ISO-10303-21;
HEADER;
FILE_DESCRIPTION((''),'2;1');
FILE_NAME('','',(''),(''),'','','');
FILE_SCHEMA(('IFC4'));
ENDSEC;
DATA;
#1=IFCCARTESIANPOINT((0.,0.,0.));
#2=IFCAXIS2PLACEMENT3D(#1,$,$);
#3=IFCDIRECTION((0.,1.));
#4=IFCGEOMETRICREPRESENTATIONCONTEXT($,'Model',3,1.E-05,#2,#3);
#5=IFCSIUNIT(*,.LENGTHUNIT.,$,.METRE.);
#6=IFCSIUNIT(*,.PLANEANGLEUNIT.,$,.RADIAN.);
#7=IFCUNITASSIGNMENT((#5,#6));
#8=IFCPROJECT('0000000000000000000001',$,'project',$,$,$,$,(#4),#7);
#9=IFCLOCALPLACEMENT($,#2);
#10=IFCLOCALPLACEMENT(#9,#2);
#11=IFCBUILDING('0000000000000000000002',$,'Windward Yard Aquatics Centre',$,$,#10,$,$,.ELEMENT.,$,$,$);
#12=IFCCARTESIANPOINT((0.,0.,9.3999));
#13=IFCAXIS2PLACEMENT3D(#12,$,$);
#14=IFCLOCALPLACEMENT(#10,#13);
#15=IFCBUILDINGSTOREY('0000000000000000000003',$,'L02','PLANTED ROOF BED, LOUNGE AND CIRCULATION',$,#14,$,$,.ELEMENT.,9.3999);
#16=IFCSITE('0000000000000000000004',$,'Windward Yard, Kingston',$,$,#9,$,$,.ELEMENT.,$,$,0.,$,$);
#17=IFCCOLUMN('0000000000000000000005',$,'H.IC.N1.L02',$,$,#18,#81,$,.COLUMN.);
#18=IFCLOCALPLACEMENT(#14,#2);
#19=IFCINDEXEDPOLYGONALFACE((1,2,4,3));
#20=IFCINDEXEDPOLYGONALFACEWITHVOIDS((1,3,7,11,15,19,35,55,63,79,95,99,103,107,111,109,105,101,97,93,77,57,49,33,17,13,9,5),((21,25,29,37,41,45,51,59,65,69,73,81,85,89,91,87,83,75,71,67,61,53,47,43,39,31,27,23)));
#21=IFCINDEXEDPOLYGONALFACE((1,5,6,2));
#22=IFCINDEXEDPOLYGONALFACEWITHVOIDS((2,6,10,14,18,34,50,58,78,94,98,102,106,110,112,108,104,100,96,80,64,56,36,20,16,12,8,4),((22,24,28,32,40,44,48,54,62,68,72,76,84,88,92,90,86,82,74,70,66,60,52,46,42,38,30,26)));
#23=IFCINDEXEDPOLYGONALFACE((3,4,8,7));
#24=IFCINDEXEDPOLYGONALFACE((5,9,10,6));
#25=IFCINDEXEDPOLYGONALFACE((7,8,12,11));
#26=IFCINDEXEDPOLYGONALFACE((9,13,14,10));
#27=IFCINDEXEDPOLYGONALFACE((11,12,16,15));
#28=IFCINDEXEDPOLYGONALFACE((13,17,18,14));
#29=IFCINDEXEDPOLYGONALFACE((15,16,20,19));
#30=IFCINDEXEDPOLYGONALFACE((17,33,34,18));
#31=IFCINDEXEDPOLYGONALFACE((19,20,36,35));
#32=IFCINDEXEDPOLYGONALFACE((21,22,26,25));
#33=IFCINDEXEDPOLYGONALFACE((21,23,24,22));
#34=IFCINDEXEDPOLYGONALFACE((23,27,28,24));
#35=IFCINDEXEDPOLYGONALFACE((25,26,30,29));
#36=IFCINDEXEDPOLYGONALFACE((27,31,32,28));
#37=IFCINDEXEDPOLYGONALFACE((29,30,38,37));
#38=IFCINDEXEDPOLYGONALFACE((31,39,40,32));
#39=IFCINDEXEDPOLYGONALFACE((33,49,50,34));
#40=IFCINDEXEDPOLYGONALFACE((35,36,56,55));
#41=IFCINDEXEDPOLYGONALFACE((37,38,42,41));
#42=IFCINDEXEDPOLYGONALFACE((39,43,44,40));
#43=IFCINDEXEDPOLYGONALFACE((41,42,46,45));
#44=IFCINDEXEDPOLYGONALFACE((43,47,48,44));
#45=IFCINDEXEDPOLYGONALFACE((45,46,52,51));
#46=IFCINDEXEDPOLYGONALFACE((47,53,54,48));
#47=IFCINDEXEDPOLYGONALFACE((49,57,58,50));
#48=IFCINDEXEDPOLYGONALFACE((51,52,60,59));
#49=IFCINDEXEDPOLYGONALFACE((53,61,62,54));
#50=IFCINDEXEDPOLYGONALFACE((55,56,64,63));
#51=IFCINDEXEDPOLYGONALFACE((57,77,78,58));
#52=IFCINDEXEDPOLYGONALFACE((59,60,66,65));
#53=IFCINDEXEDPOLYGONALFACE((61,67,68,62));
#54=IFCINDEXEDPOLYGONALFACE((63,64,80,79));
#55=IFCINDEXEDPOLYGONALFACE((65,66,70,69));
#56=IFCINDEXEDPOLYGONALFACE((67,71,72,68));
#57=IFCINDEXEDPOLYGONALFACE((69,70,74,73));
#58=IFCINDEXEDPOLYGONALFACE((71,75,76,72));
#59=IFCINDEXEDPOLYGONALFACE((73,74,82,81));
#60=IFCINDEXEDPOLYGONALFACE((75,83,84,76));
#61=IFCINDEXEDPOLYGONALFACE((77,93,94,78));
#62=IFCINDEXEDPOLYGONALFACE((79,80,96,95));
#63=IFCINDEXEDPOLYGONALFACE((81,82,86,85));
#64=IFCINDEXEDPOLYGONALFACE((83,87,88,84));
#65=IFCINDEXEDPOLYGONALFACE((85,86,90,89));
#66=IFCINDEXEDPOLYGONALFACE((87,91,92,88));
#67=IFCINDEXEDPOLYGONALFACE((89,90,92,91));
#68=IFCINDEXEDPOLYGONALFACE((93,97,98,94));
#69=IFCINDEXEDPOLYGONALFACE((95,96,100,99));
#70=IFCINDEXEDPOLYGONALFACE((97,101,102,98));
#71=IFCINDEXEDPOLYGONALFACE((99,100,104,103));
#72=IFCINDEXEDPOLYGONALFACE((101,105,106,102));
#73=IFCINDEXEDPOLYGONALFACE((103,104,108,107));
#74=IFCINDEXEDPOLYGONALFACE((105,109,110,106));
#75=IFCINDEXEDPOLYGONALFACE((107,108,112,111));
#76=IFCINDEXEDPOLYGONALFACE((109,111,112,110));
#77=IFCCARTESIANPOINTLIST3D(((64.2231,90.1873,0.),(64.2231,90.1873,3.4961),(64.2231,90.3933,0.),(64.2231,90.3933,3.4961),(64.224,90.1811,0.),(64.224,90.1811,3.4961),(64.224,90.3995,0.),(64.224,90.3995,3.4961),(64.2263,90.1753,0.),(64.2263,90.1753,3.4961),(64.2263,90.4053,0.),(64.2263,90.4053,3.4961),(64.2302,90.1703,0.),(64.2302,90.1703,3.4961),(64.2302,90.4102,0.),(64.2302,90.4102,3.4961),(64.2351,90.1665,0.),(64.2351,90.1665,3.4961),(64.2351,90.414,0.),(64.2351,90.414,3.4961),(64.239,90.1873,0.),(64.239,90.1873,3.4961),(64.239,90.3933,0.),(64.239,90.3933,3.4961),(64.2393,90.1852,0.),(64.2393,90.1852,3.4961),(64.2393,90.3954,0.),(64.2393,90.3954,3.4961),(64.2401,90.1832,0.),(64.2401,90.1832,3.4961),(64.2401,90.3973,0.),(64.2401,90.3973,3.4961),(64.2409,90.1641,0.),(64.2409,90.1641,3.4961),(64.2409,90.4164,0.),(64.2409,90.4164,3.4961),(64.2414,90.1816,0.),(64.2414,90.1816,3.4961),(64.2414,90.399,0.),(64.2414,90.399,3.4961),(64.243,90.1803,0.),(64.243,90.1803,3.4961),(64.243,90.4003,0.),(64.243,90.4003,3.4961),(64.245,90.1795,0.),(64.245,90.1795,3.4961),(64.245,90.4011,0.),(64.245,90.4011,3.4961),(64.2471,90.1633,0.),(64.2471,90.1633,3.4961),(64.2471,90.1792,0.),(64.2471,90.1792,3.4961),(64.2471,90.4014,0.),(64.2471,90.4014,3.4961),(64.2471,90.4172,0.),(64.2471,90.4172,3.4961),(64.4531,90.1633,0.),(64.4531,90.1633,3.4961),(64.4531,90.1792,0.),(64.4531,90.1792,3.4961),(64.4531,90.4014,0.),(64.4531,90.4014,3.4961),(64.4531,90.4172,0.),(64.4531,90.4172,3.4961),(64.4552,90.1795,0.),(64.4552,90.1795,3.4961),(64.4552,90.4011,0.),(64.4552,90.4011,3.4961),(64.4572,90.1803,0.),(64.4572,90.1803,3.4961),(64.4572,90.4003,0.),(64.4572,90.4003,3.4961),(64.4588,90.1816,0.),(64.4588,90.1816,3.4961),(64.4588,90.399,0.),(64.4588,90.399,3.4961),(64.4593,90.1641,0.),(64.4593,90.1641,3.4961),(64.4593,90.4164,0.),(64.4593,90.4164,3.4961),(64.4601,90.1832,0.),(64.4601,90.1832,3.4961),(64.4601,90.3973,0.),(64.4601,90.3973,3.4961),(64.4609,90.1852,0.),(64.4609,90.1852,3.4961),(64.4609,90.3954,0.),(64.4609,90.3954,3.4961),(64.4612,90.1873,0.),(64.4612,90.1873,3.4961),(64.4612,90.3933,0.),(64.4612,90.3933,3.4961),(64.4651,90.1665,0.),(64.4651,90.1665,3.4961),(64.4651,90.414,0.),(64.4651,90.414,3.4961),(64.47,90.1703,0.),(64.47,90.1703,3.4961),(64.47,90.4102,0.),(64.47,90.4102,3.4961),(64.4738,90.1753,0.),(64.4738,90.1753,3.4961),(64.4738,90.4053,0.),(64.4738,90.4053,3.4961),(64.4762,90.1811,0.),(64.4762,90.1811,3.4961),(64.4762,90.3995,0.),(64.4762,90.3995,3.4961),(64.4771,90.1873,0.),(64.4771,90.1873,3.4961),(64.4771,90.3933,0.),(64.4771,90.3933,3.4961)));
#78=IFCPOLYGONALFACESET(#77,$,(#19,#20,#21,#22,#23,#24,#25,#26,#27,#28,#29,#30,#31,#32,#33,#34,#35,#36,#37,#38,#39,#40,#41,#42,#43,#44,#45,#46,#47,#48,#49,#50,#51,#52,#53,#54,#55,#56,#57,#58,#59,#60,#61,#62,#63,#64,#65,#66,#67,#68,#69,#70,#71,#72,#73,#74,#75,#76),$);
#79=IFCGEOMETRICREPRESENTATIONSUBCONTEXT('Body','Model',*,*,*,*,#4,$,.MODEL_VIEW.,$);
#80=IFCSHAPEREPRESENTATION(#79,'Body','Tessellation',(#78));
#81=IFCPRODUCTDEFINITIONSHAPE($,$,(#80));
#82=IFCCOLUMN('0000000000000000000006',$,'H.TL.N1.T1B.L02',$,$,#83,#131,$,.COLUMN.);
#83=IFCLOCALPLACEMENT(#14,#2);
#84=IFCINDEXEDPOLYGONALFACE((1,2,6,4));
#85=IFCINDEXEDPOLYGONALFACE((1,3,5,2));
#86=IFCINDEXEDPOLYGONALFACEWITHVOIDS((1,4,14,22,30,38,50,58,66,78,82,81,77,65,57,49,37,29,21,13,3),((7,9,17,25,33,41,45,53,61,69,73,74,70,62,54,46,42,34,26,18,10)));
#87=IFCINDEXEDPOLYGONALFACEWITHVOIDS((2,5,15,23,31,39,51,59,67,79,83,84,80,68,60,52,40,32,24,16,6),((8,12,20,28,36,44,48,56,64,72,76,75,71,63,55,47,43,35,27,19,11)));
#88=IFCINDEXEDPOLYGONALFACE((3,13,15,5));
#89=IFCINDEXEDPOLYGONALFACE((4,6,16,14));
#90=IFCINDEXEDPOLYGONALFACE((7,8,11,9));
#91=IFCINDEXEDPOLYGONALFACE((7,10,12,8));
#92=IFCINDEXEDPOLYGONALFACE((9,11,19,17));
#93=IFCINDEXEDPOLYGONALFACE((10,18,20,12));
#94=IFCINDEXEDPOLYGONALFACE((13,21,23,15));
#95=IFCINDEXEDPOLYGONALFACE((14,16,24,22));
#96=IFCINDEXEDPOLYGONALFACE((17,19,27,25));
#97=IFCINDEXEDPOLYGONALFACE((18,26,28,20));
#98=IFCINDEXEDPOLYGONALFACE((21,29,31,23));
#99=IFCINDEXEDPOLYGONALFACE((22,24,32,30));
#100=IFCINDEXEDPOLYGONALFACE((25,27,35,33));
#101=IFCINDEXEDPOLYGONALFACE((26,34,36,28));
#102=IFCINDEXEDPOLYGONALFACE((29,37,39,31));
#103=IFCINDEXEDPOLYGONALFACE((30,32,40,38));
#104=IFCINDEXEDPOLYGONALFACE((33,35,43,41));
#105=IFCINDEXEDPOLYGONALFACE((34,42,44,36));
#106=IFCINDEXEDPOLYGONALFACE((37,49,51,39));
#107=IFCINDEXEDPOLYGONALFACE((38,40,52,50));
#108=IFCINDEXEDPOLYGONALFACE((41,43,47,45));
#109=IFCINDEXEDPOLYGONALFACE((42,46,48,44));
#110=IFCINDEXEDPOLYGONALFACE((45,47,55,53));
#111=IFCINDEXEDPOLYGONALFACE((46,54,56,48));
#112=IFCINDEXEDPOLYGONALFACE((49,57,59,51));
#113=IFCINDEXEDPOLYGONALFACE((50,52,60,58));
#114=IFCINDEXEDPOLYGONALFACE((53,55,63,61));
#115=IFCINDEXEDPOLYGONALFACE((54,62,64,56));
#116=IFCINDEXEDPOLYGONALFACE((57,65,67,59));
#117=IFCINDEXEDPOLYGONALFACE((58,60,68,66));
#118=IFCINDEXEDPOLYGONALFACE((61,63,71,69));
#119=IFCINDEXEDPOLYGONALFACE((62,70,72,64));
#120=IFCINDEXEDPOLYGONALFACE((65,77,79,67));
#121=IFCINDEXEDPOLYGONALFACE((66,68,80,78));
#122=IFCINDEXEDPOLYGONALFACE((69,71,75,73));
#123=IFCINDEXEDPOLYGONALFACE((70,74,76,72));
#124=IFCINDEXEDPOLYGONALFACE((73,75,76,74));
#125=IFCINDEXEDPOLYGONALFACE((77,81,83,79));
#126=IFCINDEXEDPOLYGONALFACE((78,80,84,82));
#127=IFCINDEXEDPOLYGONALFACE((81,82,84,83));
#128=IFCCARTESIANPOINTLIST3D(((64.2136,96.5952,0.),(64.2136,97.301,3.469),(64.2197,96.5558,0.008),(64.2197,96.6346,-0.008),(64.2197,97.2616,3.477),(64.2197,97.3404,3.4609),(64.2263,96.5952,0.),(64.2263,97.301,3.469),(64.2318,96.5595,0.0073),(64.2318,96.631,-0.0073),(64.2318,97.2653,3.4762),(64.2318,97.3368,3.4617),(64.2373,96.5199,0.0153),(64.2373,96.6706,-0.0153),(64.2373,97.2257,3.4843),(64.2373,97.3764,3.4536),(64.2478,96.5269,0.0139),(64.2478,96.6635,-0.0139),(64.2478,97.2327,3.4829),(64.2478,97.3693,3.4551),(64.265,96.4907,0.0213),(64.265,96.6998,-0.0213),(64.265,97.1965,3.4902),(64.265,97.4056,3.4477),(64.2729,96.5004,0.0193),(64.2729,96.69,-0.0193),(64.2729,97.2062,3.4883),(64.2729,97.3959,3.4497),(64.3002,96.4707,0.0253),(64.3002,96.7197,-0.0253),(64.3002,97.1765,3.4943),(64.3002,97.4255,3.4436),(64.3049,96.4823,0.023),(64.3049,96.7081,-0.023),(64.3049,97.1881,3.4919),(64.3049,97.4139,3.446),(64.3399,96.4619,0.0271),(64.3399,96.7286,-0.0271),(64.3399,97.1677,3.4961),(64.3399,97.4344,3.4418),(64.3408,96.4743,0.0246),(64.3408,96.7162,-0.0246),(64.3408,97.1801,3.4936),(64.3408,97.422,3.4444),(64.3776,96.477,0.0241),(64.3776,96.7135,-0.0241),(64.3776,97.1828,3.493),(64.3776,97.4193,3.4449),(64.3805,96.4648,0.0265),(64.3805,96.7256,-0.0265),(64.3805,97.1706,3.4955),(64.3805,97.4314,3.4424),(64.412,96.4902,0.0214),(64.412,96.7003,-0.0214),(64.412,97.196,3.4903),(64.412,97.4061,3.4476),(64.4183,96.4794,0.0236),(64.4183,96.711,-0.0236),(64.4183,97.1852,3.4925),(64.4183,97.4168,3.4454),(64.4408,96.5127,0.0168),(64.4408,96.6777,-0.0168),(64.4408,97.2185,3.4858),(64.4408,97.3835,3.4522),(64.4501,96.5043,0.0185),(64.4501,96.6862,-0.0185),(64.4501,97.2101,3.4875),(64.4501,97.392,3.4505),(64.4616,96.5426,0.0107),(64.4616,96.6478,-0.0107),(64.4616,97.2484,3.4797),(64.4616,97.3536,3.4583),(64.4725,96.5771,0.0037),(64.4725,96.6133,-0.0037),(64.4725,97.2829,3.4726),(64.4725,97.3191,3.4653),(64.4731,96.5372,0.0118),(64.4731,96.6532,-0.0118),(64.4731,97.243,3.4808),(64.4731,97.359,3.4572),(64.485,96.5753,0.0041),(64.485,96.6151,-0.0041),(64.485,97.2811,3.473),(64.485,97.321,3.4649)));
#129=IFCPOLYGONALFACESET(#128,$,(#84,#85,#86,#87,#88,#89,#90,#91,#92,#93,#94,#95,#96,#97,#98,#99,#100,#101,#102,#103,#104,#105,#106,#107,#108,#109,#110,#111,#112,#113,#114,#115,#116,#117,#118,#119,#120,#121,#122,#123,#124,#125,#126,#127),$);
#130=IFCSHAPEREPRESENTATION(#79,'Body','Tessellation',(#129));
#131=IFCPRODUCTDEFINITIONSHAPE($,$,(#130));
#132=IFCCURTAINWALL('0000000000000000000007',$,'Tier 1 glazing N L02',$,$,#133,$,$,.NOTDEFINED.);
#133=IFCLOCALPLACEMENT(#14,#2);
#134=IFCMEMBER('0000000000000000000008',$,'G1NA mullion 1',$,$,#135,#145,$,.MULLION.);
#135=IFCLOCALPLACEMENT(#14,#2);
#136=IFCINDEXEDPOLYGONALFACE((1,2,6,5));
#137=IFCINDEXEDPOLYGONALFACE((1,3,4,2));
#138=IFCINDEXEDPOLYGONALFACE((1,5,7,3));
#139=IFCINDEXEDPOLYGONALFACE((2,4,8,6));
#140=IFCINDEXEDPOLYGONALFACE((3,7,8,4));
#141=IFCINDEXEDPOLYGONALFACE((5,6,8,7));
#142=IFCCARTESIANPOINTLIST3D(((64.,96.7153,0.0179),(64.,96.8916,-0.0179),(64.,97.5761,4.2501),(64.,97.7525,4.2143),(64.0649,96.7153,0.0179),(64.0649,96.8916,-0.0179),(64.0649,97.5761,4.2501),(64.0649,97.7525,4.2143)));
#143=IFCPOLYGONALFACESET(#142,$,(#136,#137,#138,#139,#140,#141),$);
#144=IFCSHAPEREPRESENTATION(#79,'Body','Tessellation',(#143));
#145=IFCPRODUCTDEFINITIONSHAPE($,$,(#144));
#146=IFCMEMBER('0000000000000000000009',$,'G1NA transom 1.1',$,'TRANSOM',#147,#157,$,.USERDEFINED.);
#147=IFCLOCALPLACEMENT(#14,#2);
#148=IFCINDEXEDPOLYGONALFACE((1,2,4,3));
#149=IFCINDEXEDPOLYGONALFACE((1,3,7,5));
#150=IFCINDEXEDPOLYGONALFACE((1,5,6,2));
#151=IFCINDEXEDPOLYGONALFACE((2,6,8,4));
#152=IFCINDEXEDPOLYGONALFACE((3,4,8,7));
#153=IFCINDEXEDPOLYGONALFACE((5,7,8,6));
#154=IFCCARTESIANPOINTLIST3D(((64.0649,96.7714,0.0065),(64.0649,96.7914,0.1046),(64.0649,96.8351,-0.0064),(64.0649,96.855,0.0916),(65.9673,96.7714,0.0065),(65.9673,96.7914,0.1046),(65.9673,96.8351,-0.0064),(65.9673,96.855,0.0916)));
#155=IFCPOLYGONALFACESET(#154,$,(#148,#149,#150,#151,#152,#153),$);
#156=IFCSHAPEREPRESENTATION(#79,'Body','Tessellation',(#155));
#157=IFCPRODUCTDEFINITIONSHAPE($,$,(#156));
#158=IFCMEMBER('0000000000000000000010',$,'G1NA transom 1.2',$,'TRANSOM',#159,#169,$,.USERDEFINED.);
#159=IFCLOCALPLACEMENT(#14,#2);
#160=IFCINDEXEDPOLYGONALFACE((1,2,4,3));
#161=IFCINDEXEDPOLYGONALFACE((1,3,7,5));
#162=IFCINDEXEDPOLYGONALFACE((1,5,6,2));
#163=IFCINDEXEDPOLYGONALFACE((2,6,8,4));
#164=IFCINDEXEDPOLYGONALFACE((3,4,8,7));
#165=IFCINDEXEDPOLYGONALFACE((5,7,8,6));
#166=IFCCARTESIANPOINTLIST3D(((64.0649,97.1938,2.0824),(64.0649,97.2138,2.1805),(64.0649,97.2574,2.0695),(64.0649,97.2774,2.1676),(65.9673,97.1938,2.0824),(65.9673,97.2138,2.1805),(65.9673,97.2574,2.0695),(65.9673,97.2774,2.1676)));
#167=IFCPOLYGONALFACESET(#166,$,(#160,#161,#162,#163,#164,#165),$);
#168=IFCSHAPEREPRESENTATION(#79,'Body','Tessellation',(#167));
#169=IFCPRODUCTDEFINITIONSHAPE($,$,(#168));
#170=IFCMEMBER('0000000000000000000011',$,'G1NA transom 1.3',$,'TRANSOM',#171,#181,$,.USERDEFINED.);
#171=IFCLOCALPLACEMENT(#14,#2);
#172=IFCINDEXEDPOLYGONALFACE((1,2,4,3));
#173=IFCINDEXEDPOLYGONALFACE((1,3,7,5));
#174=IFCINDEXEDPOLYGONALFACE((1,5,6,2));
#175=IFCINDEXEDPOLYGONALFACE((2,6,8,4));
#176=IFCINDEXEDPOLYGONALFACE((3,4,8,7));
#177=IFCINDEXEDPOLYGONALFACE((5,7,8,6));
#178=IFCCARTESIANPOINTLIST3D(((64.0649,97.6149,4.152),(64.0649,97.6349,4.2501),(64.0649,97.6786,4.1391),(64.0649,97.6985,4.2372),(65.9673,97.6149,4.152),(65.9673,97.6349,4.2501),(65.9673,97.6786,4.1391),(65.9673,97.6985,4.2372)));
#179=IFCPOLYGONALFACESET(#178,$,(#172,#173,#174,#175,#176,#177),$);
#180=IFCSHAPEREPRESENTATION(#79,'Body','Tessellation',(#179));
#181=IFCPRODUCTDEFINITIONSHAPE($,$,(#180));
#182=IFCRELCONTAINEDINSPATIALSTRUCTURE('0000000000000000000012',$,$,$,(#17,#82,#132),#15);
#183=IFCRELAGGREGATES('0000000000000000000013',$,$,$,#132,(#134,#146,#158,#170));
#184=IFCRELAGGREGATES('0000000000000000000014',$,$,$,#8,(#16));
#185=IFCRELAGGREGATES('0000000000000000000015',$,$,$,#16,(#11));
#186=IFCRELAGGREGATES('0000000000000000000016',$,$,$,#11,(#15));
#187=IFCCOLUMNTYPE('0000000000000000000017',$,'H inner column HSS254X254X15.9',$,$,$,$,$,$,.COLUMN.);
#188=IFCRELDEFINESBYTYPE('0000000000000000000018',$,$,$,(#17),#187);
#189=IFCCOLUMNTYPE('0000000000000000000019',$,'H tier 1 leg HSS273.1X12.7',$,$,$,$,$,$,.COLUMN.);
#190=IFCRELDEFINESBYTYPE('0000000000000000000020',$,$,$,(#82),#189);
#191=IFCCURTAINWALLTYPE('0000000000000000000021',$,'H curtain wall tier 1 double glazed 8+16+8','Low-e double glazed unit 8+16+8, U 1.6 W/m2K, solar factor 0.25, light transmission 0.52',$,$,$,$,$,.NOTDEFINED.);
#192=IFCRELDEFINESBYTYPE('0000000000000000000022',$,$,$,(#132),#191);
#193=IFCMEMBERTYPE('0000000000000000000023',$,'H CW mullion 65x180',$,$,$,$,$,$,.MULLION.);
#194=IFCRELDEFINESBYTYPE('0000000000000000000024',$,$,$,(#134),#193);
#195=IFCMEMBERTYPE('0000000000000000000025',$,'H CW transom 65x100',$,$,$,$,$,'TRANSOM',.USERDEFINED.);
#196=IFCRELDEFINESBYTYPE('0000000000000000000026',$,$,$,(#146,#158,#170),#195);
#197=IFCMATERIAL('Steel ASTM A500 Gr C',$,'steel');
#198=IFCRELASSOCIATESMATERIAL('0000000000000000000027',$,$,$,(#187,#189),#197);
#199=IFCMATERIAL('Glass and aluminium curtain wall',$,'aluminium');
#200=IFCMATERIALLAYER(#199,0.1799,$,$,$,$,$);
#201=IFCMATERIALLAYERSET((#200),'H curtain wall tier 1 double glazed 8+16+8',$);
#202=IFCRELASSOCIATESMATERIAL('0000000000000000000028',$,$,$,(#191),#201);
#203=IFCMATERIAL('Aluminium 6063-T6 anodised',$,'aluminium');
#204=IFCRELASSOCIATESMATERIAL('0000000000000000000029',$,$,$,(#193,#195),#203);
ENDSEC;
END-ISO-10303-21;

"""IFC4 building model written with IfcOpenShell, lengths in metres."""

from ifc_helpers import new_model, si_unit, direction, frame, origin, origin_2d, place, context, subcontext, project, spatial, rectangle, hollow_rectangle, hollow_circle, extrude, material, layer, layer_set, material_profile, profile_set, type_object, element, aggregate, save


model = new_model("IFC4")

# Units and contexts
model_context = context("Model", 3, precision=1e-05, world=origin(), true_north=direction((0.0, 1.0)))
body_context = subcontext(model_context, "Body", "Model", "MODEL_VIEW")
ifc_project = project(units=[si_unit("LENGTHUNIT", "METRE"), si_unit("PLANEANGLEUNIT", "RADIAN")], contexts=[model_context])

# Site, building, storey
site_placement = place(None, origin())
site = spatial("IfcSite", under=ifc_project, at=site_placement, Name="Windward Yard, Kingston", CompositionType="ELEMENT", RefElevation=0.0)
building_placement = place(site_placement, origin())
building = spatial("IfcBuilding", under=site, at=building_placement, Name="Windward Yard Aquatics Centre", CompositionType="ELEMENT")
storey_placement = place(building_placement, frame((0.0, 0.0, 9.3999)))
storey = spatial("IfcBuildingStorey", under=building, at=storey_placement, Name="L02", Description="PLANTED ROOF BED, LOUNGE AND CIRCULATION", CompositionType="ELEMENT", Elevation=9.3999)

# Columns
ifc_material_1 = material(Name="Steel ASTM A500 Gr C", Category="steel")
ifc_material_profile_1 = material_profile(ifc_material_1, hollow_rectangle(XDim=0.2539, YDim=0.2539, WallThickness=0.0159, InnerFilletRadius=0.0081, OuterFilletRadius=0.0239, at=origin_2d()), Name="HSS254X254X15.9")
ifc_profile_set_1 = profile_set([ifc_material_profile_1], Name="Steel ASTM A500 Gr C")
column_type_1 = type_object("IfcColumnType", Name="H inner column HSS254X254X15.9", PredefinedType="COLUMN", material=ifc_profile_set_1)
column_1_placement = place(storey_placement, frame((64.3501, 90.2903, 0.0), z_axis=(0.0, 0.0, 1.0), x_axis=(1.0, 0.0, 0.0)))
element("IfcColumn", 1, at=column_1_placement, inside=storey, type_object=column_type_1, Name="H.IC.N1.L02", PredefinedType="COLUMN", context=body_context, shape_type="SweptSolid", body=[
    extrude(hollow_rectangle(XDim=0.2539, YDim=0.2539, WallThickness=0.0159, InnerFilletRadius=0.0081, OuterFilletRadius=0.0239, at=origin_2d()), origin(), (0.0, 0.0, 1.0), 3.4961),
])
ifc_material_profile_2 = material_profile(ifc_material_1, hollow_circle(Radius=0.1365, WallThickness=0.0127, at=origin_2d()), Name="HSS273.1X12.7")
ifc_profile_set_2 = profile_set([ifc_material_profile_2], Name="Steel ASTM A500 Gr C")
column_type_2 = type_object("IfcColumnType", Name="H tier 1 leg HSS273.1X12.7", PredefinedType="COLUMN", material=ifc_profile_set_2)
column_2_placement = place(storey_placement, frame((64.3501, 96.5952, 0.0), z_axis=(0.0, 0.199378, 0.979923), x_axis=(-1.0, 0.0, 0.0)))
element("IfcColumn", 2, at=column_2_placement, inside=storey, type_object=column_type_2, Name="H.TL.N1.T1B.L02", PredefinedType="COLUMN", context=body_context, shape_type="SweptSolid", body=[
    extrude(hollow_circle(Radius=0.1365, WallThickness=0.0127, at=origin_2d()), origin(), (0.0, 0.0, 1.0), 3.54),
])

# Curtain wall, members
ifc_material_2 = material(Name="Glass and aluminium curtain wall", Category="aluminium")
ifc_layer_1 = layer(ifc_material_2, 0.1799)
ifc_layer_set_1 = layer_set([ifc_layer_1], Name="H curtain wall tier 1 double glazed 8+16+8")
curtain_wall_type = type_object("IfcCurtainWallType", Name="H curtain wall tier 1 double glazed 8+16+8", Description="Low-e double glazed unit 8+16+8, U 1.6 W/m2K, solar factor 0.25, light transmission 0.52", PredefinedType="NOTDEFINED", material=ifc_layer_set_1)
curtain_wall_placement = place(storey_placement, origin())
curtain_wall = element("IfcCurtainWall", 3, at=curtain_wall_placement, inside=storey, type_object=curtain_wall_type, Name="Tier 1 glazing N L02", PredefinedType="NOTDEFINED")
ifc_material_3 = material(Name="Aluminium 6063-T6 anodised", Category="aluminium")
ifc_material_profile_3 = material_profile(ifc_material_3, rectangle(XDim=0.0649, YDim=0.1799, at=origin_2d()), Name="H CW mullion 65x180")
ifc_profile_set_3 = profile_set([ifc_material_profile_3], Name="Aluminium 6063-T6 anodised")
member_type_1 = type_object("IfcMemberType", Name="H CW mullion 65x180", PredefinedType="MULLION", material=ifc_profile_set_3)
member_1_placement = place(storey_placement, frame((64.0325, 96.8035, 0.0), z_axis=(0.0, 0.199322, 0.979934), x_axis=(-1.0, 0.0, 0.0)))
member_1 = element("IfcMember", 4, at=member_1_placement, type_object=member_type_1, Name="G1NA mullion 1", PredefinedType="MULLION", context=body_context, shape_type="SweptSolid", body=[
    extrude(rectangle(XDim=0.0649, YDim=0.1799, at=origin_2d()), origin(), (0.0, 0.0, 1.0), 4.3188),
])
ifc_material_profile_4 = material_profile(ifc_material_3, rectangle(XDim=0.0649, YDim=0.1001, at=origin_2d()), Name="H CW transom 65x100")
ifc_profile_set_4 = profile_set([ifc_material_profile_4], Name="Aluminium 6063-T6 anodised")
member_type_2 = type_object("IfcMemberType", Name="H CW transom 65x100", ElementType="TRANSOM", PredefinedType="USERDEFINED", material=ifc_profile_set_4)
member_2_placement = place(storey_placement, frame((64.0649, 96.8132, 0.0491), z_axis=(1.0, 0.0, 0.0), x_axis=(0.0, -0.979925, 0.199368)))
member_2 = element("IfcMember", 5, at=member_2_placement, type_object=member_type_2, Name="G1NA transom 1.1", ObjectType="TRANSOM", PredefinedType="USERDEFINED", context=body_context, shape_type="SweptSolid", body=[
    extrude(rectangle(XDim=0.0649, YDim=0.1001, at=origin_2d()), origin(), (0.0, 0.0, 1.0), 1.9023),
])
member_3_placement = place(storey_placement, frame((64.0649, 97.2356, 2.125), z_axis=(1.0, 0.0, 0.0), x_axis=(0.0, -0.979925, 0.199368)))
member_3 = element("IfcMember", 6, at=member_3_placement, type_object=member_type_2, Name="G1NA transom 1.2", ObjectType="TRANSOM", PredefinedType="USERDEFINED", context=body_context, shape_type="SweptSolid", body=[
    extrude(rectangle(XDim=0.0649, YDim=0.1001, at=origin_2d()), origin(), (0.0, 0.0, 1.0), 1.9023),
])
member_4_placement = place(storey_placement, frame((64.0649, 97.6567, 4.1946), z_axis=(1.0, 0.0, 0.0), x_axis=(0.0, -0.979925, 0.199368)))
member_4 = element("IfcMember", 7, at=member_4_placement, type_object=member_type_2, Name="G1NA transom 1.3", ObjectType="TRANSOM", PredefinedType="USERDEFINED", context=body_context, shape_type="SweptSolid", body=[
    extrude(rectangle(XDim=0.0649, YDim=0.1001, at=origin_2d()), origin(), (0.0, 0.0, 1.0), 1.9023),
])

aggregate(curtain_wall, [member_1, member_2, member_3, member_4])

save(model, "model.ifc")
